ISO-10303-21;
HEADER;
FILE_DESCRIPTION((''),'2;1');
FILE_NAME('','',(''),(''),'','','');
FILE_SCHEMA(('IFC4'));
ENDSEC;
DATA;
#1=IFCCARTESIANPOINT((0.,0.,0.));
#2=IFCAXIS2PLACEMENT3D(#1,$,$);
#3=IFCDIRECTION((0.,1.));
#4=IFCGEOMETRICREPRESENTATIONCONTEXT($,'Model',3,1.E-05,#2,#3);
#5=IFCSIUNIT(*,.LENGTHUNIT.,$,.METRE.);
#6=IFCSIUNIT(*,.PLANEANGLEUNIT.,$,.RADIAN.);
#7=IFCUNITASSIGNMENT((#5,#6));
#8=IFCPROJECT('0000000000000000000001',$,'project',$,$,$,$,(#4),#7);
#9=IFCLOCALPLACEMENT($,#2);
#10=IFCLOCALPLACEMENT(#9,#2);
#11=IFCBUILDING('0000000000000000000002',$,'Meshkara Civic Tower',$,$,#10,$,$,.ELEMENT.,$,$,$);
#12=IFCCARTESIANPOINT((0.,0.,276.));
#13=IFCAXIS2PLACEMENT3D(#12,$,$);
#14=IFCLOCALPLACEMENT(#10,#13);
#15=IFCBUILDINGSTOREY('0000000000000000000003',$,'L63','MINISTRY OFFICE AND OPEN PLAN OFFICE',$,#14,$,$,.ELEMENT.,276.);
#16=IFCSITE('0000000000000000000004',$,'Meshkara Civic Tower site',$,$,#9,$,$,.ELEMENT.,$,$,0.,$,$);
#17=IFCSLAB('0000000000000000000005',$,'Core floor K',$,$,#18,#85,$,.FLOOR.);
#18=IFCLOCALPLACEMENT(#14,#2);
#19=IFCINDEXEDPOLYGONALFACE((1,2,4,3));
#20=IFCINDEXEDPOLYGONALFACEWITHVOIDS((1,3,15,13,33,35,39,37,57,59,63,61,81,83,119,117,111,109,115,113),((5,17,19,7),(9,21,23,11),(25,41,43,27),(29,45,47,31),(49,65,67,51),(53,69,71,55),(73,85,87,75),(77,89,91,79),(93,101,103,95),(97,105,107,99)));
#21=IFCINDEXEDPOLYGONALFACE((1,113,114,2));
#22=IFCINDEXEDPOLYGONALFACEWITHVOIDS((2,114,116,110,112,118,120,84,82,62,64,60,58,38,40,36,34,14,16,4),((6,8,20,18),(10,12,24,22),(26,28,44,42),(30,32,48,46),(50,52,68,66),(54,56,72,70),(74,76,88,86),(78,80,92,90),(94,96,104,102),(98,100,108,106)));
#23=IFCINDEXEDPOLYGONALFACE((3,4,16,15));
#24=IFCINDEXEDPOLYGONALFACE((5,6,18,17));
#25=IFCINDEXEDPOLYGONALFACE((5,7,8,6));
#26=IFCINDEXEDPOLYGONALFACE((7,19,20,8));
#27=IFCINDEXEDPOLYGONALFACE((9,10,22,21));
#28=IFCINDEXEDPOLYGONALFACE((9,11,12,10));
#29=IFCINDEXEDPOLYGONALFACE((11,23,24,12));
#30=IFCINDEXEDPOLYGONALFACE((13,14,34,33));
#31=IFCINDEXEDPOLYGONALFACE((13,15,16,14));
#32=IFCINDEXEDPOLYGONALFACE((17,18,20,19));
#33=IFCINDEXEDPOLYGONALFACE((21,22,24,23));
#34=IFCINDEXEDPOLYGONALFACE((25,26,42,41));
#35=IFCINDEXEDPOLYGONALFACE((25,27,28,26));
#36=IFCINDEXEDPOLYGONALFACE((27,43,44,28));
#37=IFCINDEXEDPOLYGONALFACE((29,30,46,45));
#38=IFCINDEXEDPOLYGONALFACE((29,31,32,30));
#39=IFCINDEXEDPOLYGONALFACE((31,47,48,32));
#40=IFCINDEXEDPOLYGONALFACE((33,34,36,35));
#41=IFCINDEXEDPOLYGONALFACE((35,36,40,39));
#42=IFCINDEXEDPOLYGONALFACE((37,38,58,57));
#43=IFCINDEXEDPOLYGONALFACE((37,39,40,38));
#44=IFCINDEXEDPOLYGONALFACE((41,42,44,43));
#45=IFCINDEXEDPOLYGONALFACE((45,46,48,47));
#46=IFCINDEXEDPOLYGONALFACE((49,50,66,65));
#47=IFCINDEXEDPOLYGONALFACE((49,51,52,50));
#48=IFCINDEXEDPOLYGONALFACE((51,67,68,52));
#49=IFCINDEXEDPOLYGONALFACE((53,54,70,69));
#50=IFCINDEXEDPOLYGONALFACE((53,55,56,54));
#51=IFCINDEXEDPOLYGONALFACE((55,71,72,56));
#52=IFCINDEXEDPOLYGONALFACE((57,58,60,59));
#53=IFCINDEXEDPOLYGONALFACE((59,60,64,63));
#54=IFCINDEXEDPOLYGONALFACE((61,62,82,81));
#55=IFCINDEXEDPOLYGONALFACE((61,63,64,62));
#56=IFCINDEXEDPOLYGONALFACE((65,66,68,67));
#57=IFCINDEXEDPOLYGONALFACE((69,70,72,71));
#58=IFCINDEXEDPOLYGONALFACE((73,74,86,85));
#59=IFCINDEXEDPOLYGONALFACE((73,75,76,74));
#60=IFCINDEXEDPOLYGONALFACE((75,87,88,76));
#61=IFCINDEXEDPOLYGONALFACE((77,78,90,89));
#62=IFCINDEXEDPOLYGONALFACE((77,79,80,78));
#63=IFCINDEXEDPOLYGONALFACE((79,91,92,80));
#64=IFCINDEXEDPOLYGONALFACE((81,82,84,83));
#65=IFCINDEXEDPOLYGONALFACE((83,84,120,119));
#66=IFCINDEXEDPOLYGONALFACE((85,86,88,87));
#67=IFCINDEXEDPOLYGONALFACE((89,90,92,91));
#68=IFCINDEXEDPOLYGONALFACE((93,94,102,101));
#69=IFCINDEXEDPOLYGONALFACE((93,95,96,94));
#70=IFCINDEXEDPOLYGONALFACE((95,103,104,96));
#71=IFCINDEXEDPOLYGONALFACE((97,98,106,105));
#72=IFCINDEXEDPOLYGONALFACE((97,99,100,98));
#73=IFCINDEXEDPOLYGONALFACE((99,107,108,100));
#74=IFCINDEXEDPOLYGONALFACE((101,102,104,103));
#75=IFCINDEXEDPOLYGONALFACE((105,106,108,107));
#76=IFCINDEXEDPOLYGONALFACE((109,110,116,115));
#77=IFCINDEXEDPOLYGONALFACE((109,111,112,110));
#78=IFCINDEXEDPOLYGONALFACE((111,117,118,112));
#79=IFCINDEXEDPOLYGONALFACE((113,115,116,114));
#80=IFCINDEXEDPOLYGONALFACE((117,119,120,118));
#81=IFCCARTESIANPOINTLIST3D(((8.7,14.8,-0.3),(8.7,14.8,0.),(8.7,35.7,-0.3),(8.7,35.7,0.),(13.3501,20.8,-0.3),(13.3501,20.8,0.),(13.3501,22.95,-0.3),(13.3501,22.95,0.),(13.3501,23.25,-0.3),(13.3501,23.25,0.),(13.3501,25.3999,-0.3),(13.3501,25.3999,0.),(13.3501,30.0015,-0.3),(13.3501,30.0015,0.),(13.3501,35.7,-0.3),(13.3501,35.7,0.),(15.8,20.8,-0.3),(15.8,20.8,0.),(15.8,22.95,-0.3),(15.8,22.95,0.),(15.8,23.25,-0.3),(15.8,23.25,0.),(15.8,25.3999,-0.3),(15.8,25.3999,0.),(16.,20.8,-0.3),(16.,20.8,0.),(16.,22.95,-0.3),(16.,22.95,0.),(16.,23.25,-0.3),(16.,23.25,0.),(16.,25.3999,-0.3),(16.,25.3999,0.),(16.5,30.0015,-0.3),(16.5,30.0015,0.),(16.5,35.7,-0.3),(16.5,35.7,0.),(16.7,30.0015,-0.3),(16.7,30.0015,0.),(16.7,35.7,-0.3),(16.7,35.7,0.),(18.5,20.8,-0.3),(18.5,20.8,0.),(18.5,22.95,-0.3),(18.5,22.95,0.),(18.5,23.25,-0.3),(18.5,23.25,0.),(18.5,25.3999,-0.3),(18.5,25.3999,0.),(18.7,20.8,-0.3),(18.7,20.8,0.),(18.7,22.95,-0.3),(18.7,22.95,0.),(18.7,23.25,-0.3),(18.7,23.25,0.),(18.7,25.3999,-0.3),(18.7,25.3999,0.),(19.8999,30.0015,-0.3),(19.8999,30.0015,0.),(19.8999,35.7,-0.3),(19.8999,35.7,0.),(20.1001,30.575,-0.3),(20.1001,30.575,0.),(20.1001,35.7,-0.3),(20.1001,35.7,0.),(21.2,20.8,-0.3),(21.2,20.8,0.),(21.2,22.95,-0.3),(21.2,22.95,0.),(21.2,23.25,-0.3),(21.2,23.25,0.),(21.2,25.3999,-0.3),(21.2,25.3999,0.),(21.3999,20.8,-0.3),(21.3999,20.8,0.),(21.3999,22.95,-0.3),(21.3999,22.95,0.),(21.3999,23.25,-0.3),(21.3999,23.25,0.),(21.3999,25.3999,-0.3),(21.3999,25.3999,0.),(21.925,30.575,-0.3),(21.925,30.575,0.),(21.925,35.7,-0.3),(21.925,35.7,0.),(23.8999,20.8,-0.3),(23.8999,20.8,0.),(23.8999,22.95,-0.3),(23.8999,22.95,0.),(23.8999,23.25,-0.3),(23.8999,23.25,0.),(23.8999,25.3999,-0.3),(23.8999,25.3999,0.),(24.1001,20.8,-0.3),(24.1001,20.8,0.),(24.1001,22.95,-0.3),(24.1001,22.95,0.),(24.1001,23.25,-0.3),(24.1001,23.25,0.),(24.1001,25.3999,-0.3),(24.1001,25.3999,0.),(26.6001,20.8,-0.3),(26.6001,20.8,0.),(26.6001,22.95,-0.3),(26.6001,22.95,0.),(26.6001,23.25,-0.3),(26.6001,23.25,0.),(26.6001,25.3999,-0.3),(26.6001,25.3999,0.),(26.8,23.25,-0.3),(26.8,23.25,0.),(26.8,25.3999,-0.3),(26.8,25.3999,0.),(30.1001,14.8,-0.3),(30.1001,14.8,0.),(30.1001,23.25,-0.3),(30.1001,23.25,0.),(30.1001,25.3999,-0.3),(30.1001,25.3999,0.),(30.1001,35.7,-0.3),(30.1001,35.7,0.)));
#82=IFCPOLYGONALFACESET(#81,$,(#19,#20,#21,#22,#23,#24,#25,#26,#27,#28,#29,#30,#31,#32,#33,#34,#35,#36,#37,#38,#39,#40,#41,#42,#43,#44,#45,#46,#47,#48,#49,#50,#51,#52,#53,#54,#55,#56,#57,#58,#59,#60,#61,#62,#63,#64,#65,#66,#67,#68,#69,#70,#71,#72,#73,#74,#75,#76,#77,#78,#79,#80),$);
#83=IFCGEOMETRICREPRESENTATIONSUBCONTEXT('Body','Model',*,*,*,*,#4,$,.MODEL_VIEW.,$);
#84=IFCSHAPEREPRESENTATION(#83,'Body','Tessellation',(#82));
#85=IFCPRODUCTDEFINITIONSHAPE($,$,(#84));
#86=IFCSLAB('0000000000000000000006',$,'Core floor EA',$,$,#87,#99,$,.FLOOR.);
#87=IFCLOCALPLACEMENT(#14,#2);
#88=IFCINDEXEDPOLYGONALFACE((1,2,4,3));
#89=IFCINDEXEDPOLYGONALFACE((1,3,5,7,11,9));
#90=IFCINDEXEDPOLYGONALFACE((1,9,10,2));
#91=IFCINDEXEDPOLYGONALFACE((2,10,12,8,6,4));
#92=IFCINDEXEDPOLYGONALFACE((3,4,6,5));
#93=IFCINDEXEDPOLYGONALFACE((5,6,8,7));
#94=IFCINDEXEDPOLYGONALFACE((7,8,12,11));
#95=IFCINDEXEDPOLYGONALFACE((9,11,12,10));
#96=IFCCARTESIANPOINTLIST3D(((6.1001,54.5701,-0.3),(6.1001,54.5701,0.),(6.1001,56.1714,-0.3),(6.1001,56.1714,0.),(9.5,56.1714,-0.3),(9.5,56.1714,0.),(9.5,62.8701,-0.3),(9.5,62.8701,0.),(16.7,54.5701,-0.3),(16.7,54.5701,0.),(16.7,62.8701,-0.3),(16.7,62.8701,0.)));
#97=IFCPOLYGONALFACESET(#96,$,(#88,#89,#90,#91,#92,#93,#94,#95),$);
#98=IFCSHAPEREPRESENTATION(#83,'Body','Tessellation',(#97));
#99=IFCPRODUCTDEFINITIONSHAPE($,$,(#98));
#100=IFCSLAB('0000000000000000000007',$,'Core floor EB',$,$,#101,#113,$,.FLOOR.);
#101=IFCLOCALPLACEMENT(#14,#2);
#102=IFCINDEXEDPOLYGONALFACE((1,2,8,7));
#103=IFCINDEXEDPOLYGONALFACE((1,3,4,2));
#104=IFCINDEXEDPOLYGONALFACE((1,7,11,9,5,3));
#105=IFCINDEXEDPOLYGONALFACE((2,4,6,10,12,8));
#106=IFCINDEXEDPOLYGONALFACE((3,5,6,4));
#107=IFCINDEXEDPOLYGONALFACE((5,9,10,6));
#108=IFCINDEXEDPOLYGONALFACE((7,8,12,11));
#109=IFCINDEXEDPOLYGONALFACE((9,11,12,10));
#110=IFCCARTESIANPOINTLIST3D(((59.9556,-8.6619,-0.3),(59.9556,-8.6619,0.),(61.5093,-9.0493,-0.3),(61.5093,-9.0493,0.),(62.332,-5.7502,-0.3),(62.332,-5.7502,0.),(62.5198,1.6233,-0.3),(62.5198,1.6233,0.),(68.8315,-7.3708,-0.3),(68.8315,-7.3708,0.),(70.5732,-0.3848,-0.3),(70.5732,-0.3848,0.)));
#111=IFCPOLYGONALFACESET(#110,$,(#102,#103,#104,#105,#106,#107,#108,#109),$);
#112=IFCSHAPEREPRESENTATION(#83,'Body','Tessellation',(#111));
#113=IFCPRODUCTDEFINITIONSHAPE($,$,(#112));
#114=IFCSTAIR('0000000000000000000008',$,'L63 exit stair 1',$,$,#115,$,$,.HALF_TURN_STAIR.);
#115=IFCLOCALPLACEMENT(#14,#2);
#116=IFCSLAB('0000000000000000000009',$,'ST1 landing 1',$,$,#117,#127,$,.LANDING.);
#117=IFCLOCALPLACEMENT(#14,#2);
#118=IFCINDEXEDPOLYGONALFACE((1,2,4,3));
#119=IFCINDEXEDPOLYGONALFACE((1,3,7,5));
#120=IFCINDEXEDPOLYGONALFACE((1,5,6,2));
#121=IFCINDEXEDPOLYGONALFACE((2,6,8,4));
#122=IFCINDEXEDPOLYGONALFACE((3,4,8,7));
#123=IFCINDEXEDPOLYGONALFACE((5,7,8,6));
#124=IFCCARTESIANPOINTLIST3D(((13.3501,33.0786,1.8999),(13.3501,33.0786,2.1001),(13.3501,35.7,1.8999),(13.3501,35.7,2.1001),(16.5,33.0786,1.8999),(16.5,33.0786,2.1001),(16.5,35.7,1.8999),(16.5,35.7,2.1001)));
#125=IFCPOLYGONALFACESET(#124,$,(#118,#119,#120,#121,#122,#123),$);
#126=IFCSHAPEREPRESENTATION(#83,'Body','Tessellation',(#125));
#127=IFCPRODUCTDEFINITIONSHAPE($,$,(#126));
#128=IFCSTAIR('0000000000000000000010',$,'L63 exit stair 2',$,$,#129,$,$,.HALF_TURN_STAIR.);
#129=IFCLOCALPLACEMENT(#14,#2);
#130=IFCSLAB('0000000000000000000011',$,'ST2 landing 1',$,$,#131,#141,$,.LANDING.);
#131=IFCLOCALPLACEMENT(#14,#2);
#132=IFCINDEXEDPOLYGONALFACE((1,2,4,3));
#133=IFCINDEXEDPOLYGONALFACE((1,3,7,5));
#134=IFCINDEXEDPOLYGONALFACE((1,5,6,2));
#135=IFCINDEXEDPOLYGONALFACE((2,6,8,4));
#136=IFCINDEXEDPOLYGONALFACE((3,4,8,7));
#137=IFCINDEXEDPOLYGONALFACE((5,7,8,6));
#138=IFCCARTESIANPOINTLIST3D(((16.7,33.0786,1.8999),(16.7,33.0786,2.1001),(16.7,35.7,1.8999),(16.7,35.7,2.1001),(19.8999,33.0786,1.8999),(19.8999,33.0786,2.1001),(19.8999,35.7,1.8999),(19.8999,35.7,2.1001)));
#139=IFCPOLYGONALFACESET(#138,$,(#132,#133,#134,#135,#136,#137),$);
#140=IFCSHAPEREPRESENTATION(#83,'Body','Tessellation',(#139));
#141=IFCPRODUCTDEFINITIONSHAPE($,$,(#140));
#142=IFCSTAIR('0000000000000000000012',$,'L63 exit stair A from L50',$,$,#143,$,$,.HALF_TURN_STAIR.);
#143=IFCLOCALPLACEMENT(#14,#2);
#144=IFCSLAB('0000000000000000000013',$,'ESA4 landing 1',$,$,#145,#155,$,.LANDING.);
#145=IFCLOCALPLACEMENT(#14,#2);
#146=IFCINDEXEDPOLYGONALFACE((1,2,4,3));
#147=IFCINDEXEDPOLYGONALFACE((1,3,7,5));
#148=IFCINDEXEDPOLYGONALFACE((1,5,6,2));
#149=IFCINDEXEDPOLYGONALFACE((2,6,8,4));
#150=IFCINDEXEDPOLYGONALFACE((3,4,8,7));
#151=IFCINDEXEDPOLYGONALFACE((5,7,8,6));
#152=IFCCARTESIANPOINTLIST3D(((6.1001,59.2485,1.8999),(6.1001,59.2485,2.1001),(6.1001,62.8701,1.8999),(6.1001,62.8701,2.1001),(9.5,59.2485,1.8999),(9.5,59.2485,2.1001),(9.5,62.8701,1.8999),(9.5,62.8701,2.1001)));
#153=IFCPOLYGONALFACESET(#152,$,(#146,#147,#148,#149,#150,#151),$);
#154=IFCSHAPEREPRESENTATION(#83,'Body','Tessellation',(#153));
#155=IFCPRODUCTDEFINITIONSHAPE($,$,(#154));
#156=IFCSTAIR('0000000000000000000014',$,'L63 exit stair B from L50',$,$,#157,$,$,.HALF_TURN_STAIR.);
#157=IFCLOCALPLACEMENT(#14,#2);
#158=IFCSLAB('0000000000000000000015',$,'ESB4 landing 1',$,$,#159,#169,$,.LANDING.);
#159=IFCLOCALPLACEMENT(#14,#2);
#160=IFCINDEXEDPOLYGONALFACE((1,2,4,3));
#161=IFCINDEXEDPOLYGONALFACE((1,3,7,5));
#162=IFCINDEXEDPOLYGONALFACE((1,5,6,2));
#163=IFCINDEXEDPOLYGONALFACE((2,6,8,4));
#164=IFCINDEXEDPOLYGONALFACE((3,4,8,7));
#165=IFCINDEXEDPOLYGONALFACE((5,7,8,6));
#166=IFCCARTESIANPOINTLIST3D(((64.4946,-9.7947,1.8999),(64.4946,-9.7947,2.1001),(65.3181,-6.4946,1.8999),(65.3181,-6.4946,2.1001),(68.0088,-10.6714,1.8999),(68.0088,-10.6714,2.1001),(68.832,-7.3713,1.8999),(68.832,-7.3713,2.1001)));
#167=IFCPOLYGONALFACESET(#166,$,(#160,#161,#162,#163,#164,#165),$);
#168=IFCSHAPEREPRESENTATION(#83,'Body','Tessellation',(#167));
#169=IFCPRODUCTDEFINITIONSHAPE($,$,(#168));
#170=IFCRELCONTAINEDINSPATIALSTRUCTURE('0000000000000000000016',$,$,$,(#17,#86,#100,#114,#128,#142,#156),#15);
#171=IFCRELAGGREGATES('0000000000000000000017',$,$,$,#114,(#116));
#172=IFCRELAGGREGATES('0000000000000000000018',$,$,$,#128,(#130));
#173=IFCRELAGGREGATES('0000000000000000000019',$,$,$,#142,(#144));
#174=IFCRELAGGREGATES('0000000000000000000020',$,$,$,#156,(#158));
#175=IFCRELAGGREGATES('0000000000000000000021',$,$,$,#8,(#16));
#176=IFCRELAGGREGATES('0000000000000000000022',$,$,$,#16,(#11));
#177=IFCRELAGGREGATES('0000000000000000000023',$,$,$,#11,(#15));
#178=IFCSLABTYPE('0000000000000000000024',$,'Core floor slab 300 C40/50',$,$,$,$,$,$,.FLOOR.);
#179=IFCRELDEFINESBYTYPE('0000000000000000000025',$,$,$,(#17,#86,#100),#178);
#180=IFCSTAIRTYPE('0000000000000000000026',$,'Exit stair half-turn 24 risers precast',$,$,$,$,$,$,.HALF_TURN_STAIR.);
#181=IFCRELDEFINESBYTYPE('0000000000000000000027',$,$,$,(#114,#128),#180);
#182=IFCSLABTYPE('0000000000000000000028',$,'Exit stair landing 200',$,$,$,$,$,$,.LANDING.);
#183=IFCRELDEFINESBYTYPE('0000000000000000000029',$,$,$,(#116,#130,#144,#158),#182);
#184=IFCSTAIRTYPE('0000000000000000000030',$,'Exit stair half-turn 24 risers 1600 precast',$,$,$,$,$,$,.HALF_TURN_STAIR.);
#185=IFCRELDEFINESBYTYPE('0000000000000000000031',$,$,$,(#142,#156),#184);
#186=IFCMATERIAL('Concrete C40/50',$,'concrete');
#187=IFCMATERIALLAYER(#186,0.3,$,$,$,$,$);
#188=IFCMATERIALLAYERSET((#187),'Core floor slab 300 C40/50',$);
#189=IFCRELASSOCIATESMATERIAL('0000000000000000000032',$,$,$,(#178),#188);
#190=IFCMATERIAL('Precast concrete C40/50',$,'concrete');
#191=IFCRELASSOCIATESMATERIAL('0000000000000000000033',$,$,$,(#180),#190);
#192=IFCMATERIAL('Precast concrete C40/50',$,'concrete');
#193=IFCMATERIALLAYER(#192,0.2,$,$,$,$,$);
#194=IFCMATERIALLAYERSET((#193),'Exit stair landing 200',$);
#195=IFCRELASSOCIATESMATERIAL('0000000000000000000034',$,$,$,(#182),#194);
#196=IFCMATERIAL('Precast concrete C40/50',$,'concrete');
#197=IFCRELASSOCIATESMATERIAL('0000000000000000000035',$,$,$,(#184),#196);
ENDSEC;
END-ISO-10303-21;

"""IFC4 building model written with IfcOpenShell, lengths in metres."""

from ifc_helpers import new_model, si_unit, direction, frame, origin, place, context, subcontext, project, spatial, polyline, outline, extrude, material, layer, layer_set, type_object, element, aggregate, save


model = new_model("IFC4")

# Units and contexts
model_context = context("Model", 3, precision=1e-05, world=origin(), true_north=direction((0.0, 1.0)))
body_context = subcontext(model_context, "Body", "Model", "MODEL_VIEW")
ifc_project = project(units=[si_unit("LENGTHUNIT", "METRE"), si_unit("PLANEANGLEUNIT", "RADIAN")], contexts=[model_context])

# Site, building, storey
site_placement = place(None, origin())
site = spatial("IfcSite", under=ifc_project, at=site_placement, Name="Meshkara Civic Tower site", CompositionType="ELEMENT", RefElevation=0.0)
building_placement = place(site_placement, origin())
building = spatial("IfcBuilding", under=site, at=building_placement, Name="Meshkara Civic Tower", CompositionType="ELEMENT")
storey_placement = place(building_placement, frame((0.0, 0.0, 276.0)))
storey = spatial("IfcBuildingStorey", under=building, at=storey_placement, Name="L63", Description="MINISTRY OFFICE AND OPEN PLAN OFFICE", CompositionType="ELEMENT", Elevation=276.0)

# Slabs
ifc_material_1 = material(Name="Concrete C40/50", Category="concrete")
ifc_layer_1 = layer(ifc_material_1, 0.3)
ifc_layer_set_1 = layer_set([ifc_layer_1], Name="Core floor slab 300 C40/50")
slab_type_1 = type_object("IfcSlabType", Name="Core floor slab 300 C40/50", PredefinedType="FLOOR", material=ifc_layer_set_1)
slab_1_placement = place(storey_placement, frame((0.0, 0.0, -0.3)))
element("IfcSlab", 1, at=slab_1_placement, inside=storey, type_object=slab_type_1, Name="Core floor K", PredefinedType="FLOOR", context=body_context, shape_type="SweptSolid", body=[
    extrude(outline(polyline([(8.7, 35.7), (13.3501, 35.7), (13.3501, 30.0015), (16.5, 30.0015), (16.5, 35.7), (16.7, 35.7), (16.7, 30.0015), (19.8999, 30.0015), (19.8999, 35.7), (20.1001, 35.7), (20.1001, 30.575), (21.925, 30.575), (21.925, 35.7), (30.1001, 35.7), (30.1001, 25.3999), (26.8, 25.3999), (26.8, 23.25), (30.1001, 23.25), (30.1001, 14.8), (8.7, 14.8), (8.7, 35.7)]), holes=[polyline([(15.8, 22.95), (13.3501, 22.95), (13.3501, 20.8), (15.8, 20.8), (15.8, 22.95)]), polyline([(16.0, 22.95), (16.0, 20.8), (18.5, 20.8), (18.5, 22.95), (16.0, 22.95)]), polyline([(18.7, 22.95), (18.7, 20.8), (21.2, 20.8), (21.2, 22.95), (18.7, 22.95)]), polyline([(15.8, 23.25), (15.8, 25.3999), (13.3501, 25.3999), (13.3501, 23.25), (15.8, 23.25)]), polyline([(16.0, 25.3999), (16.0, 23.25), (18.5, 23.25), (18.5, 25.3999), (16.0, 25.3999)]), polyline([(21.3999, 20.8), (23.8999, 20.8), (23.8999, 22.95), (21.3999, 22.95), (21.3999, 20.8)]), polyline([(24.1001, 20.8), (26.6001, 20.8), (26.6001, 22.95), (24.1001, 22.95), (24.1001, 20.8)]), polyline([(18.7, 25.3999), (18.7, 23.25), (21.2, 23.25), (21.2, 25.3999), (18.7, 25.3999)]), polyline([(21.3999, 25.3999), (21.3999, 23.25), (23.8999, 23.25), (23.8999, 25.3999), (21.3999, 25.3999)]), polyline([(24.1001, 23.25), (26.6001, 23.25), (26.6001, 25.3999), (24.1001, 25.3999), (24.1001, 23.25)])]), origin(), (0.0, 0.0, 1.0), 0.3),
])
slab_2_placement = place(storey_placement, frame((0.0, 0.0, -0.3)))
element("IfcSlab", 2, at=slab_2_placement, inside=storey, type_object=slab_type_1, Name="Core floor EA", PredefinedType="FLOOR", context=body_context, shape_type="SweptSolid", body=[
    extrude(outline(polyline([(16.7, 54.5701), (16.7, 62.8701), (9.5, 62.8701), (9.5, 56.1714), (6.1001, 56.1714), (6.1001, 54.5701), (16.7, 54.5701)])), origin(), (0.0, 0.0, 1.0), 0.3),
])
slab_3_placement = place(storey_placement, frame((0.0, 0.0, -0.3)))
element("IfcSlab", 3, at=slab_3_placement, inside=storey, type_object=slab_type_1, Name="Core floor EB", PredefinedType="FLOOR", context=body_context, shape_type="SweptSolid", body=[
    extrude(outline(polyline([(62.5198, 1.6233), (70.5732, -0.3848), (68.8315, -7.3708), (62.332, -5.7502), (61.5093, -9.0493), (59.9556, -8.6619), (62.5198, 1.6233)])), origin(), (0.0, 0.0, 1.0), 0.3),
])

# Stairs, slabs
ifc_material_2 = material(Name="Precast concrete C40/50", Category="concrete")
stair_type_1 = type_object("IfcStairType", Name="Exit stair half-turn 24 risers precast", PredefinedType="HALF_TURN_STAIR", material=ifc_material_2)
stair_1_placement = place(storey_placement, origin())
stair_1 = element("IfcStair", 4, at=stair_1_placement, inside=storey, type_object=stair_type_1, Name="L63 exit stair 1", PredefinedType="HALF_TURN_STAIR")
ifc_material_3 = material(Name="Precast concrete C40/50", Category="concrete")
ifc_layer_2 = layer(ifc_material_3, 0.2)
ifc_layer_set_2 = layer_set([ifc_layer_2], Name="Exit stair landing 200")
slab_type_2 = type_object("IfcSlabType", Name="Exit stair landing 200", PredefinedType="LANDING", material=ifc_layer_set_2)
slab_4_placement = place(storey_placement, frame((0.0, 0.0, 1.8999)))
slab_4 = element("IfcSlab", 5, at=slab_4_placement, type_object=slab_type_2, Name="ST1 landing 1", PredefinedType="LANDING", context=body_context, shape_type="SweptSolid", body=[
    extrude(outline(polyline([(16.5, 33.0786), (16.5, 35.7), (13.3501, 35.7), (13.3501, 33.0786), (16.5, 33.0786)])), origin(), (0.0, 0.0, 1.0), 0.2002),
])
aggregate(stair_1, [slab_4])
stair_2_placement = place(storey_placement, origin())
stair_2 = element("IfcStair", 6, at=stair_2_placement, inside=storey, type_object=stair_type_1, Name="L63 exit stair 2", PredefinedType="HALF_TURN_STAIR")
slab_5_placement = place(storey_placement, frame((0.0, 0.0, 1.8999)))
slab_5 = element("IfcSlab", 7, at=slab_5_placement, type_object=slab_type_2, Name="ST2 landing 1", PredefinedType="LANDING", context=body_context, shape_type="SweptSolid", body=[
    extrude(outline(polyline([(19.8999, 33.0786), (19.8999, 35.7), (16.7, 35.7), (16.7, 33.0786), (19.8999, 33.0786)])), origin(), (0.0, 0.0, 1.0), 0.2002),
])
aggregate(stair_2, [slab_5])
ifc_material_4 = material(Name="Precast concrete C40/50", Category="concrete")
stair_type_2 = type_object("IfcStairType", Name="Exit stair half-turn 24 risers 1600 precast", PredefinedType="HALF_TURN_STAIR", material=ifc_material_4)
stair_3_placement = place(storey_placement, origin())
stair_3 = element("IfcStair", 8, at=stair_3_placement, inside=storey, type_object=stair_type_2, Name="L63 exit stair A from L50", PredefinedType="HALF_TURN_STAIR")
slab_6_placement = place(storey_placement, frame((0.0, 0.0, 1.8999)))
slab_6 = element("IfcSlab", 9, at=slab_6_placement, type_object=slab_type_2, Name="ESA4 landing 1", PredefinedType="LANDING", context=body_context, shape_type="SweptSolid", body=[
    extrude(outline(polyline([(9.5, 59.2485), (9.5, 62.8701), (6.1001, 62.8701), (6.1001, 59.2485), (9.5, 59.2485)])), origin(), (0.0, 0.0, 1.0), 0.2002),
])
aggregate(stair_3, [slab_6])
stair_4_placement = place(storey_placement, origin())
stair_4 = element("IfcStair", 10, at=stair_4_placement, inside=storey, type_object=stair_type_2, Name="L63 exit stair B from L50", PredefinedType="HALF_TURN_STAIR")
slab_7_placement = place(storey_placement, frame((0.0, 0.0, 1.8999)))
slab_7 = element("IfcSlab", 11, at=slab_7_placement, type_object=slab_type_2, Name="ESB4 landing 1", PredefinedType="LANDING", context=body_context, shape_type="SweptSolid", body=[
    extrude(outline(polyline([(64.4946, -9.7947), (68.0088, -10.6714), (68.832, -7.3713), (65.3181, -6.4946), (64.4946, -9.7947)])), origin(), (0.0, 0.0, 1.0), 0.2002),
])
aggregate(stair_4, [slab_7])

save(model, "model.ifc")
